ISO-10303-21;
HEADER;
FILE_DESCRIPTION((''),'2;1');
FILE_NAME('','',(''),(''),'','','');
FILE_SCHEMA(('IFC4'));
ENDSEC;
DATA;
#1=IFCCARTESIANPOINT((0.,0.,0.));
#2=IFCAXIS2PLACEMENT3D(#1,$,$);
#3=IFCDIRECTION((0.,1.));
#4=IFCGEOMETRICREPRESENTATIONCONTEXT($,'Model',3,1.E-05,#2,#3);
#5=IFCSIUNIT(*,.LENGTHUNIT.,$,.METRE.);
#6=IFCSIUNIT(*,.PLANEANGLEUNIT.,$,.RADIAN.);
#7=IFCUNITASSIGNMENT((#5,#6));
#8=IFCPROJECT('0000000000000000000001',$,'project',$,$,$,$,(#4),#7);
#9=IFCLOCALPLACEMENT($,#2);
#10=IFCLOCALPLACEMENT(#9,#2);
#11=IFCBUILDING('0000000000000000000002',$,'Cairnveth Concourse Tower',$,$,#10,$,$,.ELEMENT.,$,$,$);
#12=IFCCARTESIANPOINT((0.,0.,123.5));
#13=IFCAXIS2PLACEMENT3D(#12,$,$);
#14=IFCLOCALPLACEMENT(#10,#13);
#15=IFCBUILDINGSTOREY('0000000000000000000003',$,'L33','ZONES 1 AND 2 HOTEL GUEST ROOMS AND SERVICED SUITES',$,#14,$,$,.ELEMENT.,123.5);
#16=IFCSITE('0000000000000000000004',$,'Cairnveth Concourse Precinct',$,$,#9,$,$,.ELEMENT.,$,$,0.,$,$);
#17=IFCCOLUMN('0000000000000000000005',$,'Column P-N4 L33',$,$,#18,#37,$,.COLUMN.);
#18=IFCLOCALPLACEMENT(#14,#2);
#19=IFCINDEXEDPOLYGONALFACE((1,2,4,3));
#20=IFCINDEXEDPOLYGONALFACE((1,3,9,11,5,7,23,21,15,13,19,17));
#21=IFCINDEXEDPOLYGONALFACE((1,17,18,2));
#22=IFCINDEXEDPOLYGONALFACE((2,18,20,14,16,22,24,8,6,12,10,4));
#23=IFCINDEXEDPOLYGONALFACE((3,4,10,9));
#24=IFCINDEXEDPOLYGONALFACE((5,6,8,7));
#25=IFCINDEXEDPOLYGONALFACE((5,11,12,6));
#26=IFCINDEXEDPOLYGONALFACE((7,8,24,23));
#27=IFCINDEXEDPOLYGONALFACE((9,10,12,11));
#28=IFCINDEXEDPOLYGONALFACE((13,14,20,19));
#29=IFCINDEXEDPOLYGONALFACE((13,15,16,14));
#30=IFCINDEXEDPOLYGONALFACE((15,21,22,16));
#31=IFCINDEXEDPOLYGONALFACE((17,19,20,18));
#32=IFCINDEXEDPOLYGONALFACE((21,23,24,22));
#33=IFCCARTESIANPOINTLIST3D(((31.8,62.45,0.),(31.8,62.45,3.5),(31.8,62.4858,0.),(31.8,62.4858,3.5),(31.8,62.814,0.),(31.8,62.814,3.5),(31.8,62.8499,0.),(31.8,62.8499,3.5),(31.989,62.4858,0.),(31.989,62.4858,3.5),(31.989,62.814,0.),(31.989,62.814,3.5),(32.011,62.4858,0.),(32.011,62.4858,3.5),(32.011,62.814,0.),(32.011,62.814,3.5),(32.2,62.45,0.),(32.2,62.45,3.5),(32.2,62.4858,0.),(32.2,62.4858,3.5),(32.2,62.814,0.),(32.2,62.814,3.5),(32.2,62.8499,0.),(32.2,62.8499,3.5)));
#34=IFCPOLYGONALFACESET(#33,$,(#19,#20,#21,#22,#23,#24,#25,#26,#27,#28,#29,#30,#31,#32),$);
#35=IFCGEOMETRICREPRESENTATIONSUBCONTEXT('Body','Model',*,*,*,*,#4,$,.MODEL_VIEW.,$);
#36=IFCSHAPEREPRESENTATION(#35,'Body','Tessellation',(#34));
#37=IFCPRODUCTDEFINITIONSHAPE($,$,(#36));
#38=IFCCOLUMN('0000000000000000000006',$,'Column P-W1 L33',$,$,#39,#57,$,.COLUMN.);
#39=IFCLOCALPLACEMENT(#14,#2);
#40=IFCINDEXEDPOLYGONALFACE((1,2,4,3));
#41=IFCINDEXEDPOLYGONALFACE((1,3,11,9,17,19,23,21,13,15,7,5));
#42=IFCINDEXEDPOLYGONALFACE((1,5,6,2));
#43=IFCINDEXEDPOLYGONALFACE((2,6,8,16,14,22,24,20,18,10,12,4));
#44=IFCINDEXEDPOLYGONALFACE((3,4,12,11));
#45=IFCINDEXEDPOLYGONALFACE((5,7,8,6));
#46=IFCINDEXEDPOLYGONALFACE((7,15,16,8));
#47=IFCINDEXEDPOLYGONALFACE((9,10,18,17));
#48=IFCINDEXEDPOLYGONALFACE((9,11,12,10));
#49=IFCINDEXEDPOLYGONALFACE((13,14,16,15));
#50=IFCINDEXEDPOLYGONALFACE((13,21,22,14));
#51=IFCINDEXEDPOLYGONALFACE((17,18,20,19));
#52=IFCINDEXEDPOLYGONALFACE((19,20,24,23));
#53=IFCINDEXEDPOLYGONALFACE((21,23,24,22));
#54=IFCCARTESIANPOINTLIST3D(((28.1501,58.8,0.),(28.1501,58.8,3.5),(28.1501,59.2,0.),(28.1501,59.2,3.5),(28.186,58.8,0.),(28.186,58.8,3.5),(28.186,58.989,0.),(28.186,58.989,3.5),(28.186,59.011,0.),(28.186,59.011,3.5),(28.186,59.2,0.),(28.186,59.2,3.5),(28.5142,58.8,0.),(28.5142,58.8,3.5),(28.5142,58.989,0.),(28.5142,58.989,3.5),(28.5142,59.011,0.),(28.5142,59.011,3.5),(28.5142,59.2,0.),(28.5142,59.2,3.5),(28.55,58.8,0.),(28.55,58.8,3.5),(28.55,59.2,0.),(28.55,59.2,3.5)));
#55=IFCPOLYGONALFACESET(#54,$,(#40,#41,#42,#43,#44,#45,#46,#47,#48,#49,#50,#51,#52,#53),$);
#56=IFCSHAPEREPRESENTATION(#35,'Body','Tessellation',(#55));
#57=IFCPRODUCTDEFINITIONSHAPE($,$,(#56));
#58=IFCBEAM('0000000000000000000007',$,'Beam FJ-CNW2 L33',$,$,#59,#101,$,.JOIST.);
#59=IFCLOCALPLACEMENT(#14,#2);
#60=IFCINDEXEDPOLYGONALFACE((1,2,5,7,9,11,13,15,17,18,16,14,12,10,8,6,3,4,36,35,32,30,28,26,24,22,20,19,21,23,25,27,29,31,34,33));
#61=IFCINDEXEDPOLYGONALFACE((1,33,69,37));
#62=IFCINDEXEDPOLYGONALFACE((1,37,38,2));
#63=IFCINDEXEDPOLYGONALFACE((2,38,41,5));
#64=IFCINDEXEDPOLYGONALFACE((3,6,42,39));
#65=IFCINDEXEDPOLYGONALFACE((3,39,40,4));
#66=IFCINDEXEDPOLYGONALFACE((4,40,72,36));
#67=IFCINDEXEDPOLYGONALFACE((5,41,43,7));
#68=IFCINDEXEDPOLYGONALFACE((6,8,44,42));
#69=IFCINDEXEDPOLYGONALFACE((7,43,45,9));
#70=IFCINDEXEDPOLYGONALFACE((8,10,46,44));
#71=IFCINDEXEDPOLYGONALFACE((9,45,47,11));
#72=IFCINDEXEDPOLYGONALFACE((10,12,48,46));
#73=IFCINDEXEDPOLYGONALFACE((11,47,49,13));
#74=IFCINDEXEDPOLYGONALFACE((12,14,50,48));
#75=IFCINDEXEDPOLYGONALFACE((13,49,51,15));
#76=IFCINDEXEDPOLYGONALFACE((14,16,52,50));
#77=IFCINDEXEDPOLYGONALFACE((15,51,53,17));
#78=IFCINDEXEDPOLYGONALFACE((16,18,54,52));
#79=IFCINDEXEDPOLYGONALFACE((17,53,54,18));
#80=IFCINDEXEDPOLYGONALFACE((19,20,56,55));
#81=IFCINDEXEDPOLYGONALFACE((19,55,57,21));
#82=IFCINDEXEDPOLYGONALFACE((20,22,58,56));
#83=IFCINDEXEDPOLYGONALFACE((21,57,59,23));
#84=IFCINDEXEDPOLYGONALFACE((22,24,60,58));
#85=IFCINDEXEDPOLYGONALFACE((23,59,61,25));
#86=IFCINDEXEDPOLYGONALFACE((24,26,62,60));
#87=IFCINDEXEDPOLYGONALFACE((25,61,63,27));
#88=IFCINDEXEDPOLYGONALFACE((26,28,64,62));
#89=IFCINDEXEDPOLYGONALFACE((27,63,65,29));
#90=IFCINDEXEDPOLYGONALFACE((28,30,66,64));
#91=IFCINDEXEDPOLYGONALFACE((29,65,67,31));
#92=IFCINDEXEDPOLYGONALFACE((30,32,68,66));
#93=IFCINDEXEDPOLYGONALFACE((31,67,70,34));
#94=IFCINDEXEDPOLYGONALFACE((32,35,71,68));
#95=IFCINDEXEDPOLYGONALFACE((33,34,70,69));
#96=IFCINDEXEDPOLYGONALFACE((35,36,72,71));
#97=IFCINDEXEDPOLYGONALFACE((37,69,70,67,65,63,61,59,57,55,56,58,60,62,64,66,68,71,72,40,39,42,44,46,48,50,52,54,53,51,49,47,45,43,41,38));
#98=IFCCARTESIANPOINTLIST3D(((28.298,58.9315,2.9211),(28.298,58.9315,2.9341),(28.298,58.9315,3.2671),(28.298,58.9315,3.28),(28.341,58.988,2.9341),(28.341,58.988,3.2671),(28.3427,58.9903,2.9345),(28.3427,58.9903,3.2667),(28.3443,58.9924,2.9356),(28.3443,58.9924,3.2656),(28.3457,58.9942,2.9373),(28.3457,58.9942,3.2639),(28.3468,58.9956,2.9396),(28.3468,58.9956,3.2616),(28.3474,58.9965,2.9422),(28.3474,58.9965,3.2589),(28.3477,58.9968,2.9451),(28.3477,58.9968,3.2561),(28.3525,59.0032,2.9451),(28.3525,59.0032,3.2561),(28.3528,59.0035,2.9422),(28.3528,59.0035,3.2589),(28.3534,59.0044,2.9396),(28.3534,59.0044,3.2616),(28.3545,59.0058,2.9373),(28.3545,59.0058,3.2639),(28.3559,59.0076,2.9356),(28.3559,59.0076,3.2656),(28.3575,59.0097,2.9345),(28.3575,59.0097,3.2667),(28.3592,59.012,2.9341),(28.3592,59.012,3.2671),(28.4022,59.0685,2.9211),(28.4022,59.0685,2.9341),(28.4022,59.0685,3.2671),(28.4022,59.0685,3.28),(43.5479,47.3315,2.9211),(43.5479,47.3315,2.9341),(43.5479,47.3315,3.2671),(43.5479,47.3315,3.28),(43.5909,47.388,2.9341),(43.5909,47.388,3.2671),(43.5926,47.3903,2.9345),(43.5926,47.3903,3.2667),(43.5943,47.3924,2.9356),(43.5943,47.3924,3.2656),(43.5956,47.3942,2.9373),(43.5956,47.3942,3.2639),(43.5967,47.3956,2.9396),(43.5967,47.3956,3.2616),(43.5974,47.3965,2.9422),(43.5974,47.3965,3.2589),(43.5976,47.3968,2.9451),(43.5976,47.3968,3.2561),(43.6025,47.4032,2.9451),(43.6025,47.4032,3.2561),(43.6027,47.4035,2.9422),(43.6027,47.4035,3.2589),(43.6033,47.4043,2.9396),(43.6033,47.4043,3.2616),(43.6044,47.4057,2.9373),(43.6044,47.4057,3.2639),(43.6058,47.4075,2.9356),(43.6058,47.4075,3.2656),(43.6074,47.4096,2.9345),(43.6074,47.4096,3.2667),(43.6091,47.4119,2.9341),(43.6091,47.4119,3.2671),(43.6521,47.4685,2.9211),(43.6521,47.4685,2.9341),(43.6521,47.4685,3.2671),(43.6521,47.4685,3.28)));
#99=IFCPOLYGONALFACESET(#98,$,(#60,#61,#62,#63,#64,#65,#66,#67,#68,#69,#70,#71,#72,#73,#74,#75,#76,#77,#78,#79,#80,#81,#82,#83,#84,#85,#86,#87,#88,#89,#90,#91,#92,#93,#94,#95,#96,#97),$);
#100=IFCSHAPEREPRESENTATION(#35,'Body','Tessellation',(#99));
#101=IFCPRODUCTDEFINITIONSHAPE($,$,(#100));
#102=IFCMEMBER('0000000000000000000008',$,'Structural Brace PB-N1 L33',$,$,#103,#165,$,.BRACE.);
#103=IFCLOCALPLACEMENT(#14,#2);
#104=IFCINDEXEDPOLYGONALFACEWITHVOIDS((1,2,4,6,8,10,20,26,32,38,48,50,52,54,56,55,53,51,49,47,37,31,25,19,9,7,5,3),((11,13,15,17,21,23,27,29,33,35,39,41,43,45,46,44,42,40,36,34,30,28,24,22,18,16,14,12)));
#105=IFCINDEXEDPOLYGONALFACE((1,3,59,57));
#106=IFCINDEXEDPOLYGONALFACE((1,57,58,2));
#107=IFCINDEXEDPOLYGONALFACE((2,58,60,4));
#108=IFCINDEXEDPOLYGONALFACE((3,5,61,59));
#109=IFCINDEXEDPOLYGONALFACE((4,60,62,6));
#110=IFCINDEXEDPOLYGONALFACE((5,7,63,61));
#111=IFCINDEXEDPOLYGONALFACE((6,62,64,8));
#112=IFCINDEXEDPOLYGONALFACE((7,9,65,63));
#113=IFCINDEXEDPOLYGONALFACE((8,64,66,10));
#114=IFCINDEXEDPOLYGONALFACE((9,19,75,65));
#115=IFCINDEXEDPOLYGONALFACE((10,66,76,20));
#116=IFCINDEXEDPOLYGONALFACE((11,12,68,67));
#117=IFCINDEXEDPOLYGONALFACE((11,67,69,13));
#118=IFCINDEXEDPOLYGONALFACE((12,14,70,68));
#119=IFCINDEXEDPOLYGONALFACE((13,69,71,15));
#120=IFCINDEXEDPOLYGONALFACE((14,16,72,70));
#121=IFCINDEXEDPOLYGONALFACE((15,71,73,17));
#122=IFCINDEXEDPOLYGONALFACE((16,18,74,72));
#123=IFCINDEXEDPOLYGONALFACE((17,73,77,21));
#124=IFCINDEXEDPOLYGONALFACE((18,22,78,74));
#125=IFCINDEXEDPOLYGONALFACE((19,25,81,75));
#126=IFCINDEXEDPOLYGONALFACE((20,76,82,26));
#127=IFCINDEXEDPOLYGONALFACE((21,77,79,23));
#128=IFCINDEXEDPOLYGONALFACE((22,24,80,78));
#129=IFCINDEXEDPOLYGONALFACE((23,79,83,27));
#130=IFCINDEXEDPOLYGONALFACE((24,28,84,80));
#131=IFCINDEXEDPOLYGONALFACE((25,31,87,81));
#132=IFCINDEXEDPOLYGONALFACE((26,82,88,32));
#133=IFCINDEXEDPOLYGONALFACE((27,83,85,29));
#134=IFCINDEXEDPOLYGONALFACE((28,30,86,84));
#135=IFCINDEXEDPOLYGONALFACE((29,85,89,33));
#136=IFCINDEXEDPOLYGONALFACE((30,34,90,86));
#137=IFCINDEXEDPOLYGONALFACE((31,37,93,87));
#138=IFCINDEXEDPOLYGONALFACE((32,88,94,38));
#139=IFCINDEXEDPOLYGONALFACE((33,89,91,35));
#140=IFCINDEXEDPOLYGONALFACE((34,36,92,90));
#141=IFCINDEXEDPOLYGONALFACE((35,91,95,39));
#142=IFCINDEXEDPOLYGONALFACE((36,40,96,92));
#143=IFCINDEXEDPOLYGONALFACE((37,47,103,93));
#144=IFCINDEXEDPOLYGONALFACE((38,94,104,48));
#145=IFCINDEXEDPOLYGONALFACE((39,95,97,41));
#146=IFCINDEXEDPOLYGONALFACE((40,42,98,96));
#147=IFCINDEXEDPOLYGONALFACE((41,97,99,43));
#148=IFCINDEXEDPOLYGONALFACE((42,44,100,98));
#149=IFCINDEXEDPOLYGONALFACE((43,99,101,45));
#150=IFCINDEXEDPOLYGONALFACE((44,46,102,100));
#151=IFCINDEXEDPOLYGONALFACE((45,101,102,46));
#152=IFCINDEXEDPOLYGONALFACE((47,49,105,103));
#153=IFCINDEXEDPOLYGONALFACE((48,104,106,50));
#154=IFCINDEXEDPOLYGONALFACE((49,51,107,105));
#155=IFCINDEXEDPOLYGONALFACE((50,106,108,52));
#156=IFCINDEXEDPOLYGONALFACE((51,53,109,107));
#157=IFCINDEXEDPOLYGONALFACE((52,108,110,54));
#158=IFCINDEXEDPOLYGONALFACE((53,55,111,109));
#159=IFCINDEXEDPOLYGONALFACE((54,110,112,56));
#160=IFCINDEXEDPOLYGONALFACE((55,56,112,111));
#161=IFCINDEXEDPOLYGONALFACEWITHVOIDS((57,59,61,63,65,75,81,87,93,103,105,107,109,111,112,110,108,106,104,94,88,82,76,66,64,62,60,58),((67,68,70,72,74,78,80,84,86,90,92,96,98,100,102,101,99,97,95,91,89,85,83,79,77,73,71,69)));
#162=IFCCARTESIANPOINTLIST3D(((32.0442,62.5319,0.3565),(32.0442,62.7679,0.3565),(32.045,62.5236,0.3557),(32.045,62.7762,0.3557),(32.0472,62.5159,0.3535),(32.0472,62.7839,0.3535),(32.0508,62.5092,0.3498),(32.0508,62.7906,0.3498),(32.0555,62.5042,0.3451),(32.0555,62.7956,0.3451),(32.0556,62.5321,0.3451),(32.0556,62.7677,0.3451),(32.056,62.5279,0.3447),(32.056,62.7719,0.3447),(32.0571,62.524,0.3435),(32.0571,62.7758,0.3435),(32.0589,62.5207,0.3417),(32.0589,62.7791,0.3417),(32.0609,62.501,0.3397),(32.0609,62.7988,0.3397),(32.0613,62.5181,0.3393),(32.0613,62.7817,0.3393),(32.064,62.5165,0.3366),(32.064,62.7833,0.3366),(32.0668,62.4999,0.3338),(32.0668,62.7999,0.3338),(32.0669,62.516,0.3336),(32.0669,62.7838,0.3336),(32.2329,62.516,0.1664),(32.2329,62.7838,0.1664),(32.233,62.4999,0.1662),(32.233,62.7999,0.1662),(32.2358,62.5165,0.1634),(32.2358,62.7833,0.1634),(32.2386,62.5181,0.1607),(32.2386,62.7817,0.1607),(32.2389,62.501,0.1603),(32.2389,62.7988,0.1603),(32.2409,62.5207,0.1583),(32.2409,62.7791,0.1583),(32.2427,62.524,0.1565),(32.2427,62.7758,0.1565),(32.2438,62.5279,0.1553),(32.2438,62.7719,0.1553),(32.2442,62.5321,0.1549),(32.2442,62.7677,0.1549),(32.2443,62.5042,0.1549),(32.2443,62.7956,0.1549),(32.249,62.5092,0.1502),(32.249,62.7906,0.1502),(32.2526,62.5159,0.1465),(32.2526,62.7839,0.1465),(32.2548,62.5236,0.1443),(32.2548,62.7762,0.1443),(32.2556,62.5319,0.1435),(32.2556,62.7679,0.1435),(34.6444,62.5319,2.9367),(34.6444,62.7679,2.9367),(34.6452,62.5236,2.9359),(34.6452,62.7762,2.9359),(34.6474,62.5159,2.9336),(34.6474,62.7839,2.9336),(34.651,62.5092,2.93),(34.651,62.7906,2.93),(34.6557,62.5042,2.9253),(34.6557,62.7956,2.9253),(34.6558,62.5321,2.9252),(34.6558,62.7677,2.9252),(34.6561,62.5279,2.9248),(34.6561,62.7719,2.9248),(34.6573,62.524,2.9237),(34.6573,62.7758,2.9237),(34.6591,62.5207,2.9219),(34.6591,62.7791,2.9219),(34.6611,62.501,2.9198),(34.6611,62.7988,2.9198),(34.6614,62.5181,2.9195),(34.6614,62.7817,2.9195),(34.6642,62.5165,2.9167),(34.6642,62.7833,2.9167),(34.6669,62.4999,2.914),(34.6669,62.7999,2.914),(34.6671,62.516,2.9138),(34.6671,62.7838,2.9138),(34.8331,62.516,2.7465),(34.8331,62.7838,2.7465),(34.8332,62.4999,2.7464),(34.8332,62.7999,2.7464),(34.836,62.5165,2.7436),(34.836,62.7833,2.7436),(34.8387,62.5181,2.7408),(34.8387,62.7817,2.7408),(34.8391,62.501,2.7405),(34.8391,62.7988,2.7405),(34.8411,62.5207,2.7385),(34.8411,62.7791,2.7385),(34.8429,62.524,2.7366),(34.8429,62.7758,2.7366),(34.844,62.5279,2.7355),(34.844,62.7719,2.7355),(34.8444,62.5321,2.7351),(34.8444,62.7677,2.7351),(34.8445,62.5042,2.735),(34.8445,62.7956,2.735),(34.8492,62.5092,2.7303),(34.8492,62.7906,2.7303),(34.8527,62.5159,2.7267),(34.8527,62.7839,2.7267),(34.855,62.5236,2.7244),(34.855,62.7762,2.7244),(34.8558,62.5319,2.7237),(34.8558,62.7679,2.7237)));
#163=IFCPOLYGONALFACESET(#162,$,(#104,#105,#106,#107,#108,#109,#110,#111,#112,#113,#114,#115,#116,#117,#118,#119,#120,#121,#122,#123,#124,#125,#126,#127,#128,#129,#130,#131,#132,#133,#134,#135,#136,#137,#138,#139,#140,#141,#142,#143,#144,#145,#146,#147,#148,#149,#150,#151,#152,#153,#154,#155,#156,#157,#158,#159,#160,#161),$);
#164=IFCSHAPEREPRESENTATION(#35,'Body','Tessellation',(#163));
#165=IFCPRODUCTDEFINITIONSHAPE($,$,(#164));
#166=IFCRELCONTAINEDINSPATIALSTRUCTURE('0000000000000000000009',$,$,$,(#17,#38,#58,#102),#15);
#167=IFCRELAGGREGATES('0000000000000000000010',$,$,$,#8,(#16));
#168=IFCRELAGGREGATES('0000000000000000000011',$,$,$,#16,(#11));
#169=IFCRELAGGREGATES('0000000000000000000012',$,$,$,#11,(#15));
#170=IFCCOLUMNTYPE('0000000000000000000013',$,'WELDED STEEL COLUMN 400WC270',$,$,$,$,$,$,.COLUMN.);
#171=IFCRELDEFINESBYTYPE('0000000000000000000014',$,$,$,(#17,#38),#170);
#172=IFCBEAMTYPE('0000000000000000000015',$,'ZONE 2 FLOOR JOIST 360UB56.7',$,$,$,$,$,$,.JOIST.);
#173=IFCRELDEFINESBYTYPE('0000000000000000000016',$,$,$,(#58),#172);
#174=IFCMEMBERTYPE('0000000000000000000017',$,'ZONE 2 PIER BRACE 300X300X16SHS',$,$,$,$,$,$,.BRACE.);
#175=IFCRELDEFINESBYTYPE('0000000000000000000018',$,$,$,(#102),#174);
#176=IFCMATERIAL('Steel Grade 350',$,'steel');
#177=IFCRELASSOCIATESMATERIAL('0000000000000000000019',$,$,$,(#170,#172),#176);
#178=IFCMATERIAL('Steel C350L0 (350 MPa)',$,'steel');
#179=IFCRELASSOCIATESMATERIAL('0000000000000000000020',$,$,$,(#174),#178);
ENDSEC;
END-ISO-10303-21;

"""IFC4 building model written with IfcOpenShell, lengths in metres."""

from ifc_helpers import new_model, si_unit, direction, frame, origin, origin_2d, place, context, subcontext, project, spatial, hollow_rectangle, i_section, extrude, material, material_profile, profile_set, type_object, element, save


model = new_model("IFC4")

# Units and contexts
model_context = context("Model", 3, precision=1e-05, world=origin(), true_north=direction((0.0, 1.0)))
body_context = subcontext(model_context, "Body", "Model", "MODEL_VIEW")
ifc_project = project(units=[si_unit("LENGTHUNIT", "METRE"), si_unit("PLANEANGLEUNIT", "RADIAN")], contexts=[model_context])

# Site, building, storey
site_placement = place(None, origin())
site = spatial("IfcSite", under=ifc_project, at=site_placement, Name="Cairnveth Concourse Precinct", CompositionType="ELEMENT", RefElevation=0.0)
building_placement = place(site_placement, origin())
building = spatial("IfcBuilding", under=site, at=building_placement, Name="Cairnveth Concourse Tower", CompositionType="ELEMENT")
storey_placement = place(building_placement, frame((0.0, 0.0, 123.5)))
storey = spatial("IfcBuildingStorey", under=building, at=storey_placement, Name="L33", Description="ZONES 1 AND 2 HOTEL GUEST ROOMS AND SERVICED SUITES", CompositionType="ELEMENT", Elevation=123.5)

# Columns
ifc_material_1 = material(Name="Steel Grade 350", Category="steel")
ifc_material_profile_1 = material_profile(ifc_material_1, i_section(OverallWidth=0.3999, OverallDepth=0.3999, WebThickness=0.022, FlangeThickness=0.0359, at=origin_2d()), Name="400WC270")
ifc_profile_set_1 = profile_set([ifc_material_profile_1], Name="Steel Grade 350")
column_type = type_object("IfcColumnType", Name="WELDED STEEL COLUMN 400WC270", PredefinedType="COLUMN", material=ifc_profile_set_1)
for number, where, z_axis, x_axis, name in (
    (1, (32.0, 62.6499, 0.0), (0.0, 0.0, 1.0), (1.0, 0.0, 0.0), "Column P-N4 L33"),
    (2, (28.3501, 59.0, 0.0), (0.0, 0.0, 1.0), (0.0, 1.0, 0.0), "Column P-W1 L33"),
):
    element("IfcColumn", number, at=place(storey_placement, frame(where, z_axis=z_axis, x_axis=x_axis)), inside=storey, type_object=column_type, Name=name, PredefinedType="COLUMN", context=body_context, shape_type="SweptSolid", body=[
        extrude(i_section(OverallWidth=0.3999, OverallDepth=0.3999, WebThickness=0.022, FlangeThickness=0.0359, at=origin_2d()), origin(), (0.0, 0.0, 1.0), 3.5),
    ])

# Beam
ifc_material_profile_2 = material_profile(ifc_material_1, i_section(OverallWidth=0.1721, OverallDepth=0.3589, WebThickness=0.0081, FlangeThickness=0.0129, FilletRadius=0.011, at=origin_2d()), Name="360UB56.7")
ifc_profile_set_2 = profile_set([ifc_material_profile_2], Name="Steel Grade 350")
beam_type_1 = type_object("IfcBeamType", Name="ZONE 2 FLOOR JOIST 360UB56.7", PredefinedType="JOIST", material=ifc_profile_set_2)
beam_1_placement = place(storey_placement, frame((28.3501, 59.0, 3.1006), z_axis=(0.795908, -0.605417, 0.0), x_axis=(0.605417, 0.795908, 0.0)))
element("IfcBeam", 3, at=beam_1_placement, inside=storey, type_object=beam_type_1, Name="Beam FJ-CNW2 L33", PredefinedType="JOIST", context=body_context, shape_type="SweptSolid", body=[
    extrude(i_section(OverallWidth=0.1721, OverallDepth=0.3589, WebThickness=0.0081, FlangeThickness=0.0129, FilletRadius=0.011, at=origin_2d()), origin(), (0.0, 0.0, 1.0), 19.1604),
])

# Member
ifc_material_2 = material(Name="Steel C350L0 (350 MPa)", Category="steel")
ifc_material_profile_3 = material_profile(ifc_material_2, hollow_rectangle(XDim=0.3, YDim=0.3, WallThickness=0.0161, InnerFilletRadius=0.0161, OuterFilletRadius=0.032, at=origin_2d()), Name="300x300x16.0SHS")
ifc_profile_set_3 = profile_set([ifc_material_profile_3], Name="Steel C350L0 (350 MPa)")
member_type = type_object("IfcMemberType", Name="ZONE 2 PIER BRACE 300X300X16SHS", PredefinedType="BRACE", material=ifc_profile_set_3)
for number, where, z_axis, x_axis, name in (
    (4, (32.1499, 62.6499, 0.25), (0.709834, 0.0, 0.704369), (0.0, 1.0, 0.0), "Structural Brace PB-N1 L33"),
):
    element("IfcMember", number, at=place(storey_placement, frame(where, z_axis=z_axis, x_axis=x_axis)), inside=storey, type_object=member_type, Name=name, PredefinedType="BRACE", context=body_context, shape_type="SweptSolid", body=[
        extrude(hollow_rectangle(XDim=0.3, YDim=0.3, WallThickness=0.0161, InnerFilletRadius=0.0161, OuterFilletRadius=0.032, at=origin_2d()), origin(), (0.0, 0.0, 1.0), 3.6631),
    ])

save(model, "model.ifc")
